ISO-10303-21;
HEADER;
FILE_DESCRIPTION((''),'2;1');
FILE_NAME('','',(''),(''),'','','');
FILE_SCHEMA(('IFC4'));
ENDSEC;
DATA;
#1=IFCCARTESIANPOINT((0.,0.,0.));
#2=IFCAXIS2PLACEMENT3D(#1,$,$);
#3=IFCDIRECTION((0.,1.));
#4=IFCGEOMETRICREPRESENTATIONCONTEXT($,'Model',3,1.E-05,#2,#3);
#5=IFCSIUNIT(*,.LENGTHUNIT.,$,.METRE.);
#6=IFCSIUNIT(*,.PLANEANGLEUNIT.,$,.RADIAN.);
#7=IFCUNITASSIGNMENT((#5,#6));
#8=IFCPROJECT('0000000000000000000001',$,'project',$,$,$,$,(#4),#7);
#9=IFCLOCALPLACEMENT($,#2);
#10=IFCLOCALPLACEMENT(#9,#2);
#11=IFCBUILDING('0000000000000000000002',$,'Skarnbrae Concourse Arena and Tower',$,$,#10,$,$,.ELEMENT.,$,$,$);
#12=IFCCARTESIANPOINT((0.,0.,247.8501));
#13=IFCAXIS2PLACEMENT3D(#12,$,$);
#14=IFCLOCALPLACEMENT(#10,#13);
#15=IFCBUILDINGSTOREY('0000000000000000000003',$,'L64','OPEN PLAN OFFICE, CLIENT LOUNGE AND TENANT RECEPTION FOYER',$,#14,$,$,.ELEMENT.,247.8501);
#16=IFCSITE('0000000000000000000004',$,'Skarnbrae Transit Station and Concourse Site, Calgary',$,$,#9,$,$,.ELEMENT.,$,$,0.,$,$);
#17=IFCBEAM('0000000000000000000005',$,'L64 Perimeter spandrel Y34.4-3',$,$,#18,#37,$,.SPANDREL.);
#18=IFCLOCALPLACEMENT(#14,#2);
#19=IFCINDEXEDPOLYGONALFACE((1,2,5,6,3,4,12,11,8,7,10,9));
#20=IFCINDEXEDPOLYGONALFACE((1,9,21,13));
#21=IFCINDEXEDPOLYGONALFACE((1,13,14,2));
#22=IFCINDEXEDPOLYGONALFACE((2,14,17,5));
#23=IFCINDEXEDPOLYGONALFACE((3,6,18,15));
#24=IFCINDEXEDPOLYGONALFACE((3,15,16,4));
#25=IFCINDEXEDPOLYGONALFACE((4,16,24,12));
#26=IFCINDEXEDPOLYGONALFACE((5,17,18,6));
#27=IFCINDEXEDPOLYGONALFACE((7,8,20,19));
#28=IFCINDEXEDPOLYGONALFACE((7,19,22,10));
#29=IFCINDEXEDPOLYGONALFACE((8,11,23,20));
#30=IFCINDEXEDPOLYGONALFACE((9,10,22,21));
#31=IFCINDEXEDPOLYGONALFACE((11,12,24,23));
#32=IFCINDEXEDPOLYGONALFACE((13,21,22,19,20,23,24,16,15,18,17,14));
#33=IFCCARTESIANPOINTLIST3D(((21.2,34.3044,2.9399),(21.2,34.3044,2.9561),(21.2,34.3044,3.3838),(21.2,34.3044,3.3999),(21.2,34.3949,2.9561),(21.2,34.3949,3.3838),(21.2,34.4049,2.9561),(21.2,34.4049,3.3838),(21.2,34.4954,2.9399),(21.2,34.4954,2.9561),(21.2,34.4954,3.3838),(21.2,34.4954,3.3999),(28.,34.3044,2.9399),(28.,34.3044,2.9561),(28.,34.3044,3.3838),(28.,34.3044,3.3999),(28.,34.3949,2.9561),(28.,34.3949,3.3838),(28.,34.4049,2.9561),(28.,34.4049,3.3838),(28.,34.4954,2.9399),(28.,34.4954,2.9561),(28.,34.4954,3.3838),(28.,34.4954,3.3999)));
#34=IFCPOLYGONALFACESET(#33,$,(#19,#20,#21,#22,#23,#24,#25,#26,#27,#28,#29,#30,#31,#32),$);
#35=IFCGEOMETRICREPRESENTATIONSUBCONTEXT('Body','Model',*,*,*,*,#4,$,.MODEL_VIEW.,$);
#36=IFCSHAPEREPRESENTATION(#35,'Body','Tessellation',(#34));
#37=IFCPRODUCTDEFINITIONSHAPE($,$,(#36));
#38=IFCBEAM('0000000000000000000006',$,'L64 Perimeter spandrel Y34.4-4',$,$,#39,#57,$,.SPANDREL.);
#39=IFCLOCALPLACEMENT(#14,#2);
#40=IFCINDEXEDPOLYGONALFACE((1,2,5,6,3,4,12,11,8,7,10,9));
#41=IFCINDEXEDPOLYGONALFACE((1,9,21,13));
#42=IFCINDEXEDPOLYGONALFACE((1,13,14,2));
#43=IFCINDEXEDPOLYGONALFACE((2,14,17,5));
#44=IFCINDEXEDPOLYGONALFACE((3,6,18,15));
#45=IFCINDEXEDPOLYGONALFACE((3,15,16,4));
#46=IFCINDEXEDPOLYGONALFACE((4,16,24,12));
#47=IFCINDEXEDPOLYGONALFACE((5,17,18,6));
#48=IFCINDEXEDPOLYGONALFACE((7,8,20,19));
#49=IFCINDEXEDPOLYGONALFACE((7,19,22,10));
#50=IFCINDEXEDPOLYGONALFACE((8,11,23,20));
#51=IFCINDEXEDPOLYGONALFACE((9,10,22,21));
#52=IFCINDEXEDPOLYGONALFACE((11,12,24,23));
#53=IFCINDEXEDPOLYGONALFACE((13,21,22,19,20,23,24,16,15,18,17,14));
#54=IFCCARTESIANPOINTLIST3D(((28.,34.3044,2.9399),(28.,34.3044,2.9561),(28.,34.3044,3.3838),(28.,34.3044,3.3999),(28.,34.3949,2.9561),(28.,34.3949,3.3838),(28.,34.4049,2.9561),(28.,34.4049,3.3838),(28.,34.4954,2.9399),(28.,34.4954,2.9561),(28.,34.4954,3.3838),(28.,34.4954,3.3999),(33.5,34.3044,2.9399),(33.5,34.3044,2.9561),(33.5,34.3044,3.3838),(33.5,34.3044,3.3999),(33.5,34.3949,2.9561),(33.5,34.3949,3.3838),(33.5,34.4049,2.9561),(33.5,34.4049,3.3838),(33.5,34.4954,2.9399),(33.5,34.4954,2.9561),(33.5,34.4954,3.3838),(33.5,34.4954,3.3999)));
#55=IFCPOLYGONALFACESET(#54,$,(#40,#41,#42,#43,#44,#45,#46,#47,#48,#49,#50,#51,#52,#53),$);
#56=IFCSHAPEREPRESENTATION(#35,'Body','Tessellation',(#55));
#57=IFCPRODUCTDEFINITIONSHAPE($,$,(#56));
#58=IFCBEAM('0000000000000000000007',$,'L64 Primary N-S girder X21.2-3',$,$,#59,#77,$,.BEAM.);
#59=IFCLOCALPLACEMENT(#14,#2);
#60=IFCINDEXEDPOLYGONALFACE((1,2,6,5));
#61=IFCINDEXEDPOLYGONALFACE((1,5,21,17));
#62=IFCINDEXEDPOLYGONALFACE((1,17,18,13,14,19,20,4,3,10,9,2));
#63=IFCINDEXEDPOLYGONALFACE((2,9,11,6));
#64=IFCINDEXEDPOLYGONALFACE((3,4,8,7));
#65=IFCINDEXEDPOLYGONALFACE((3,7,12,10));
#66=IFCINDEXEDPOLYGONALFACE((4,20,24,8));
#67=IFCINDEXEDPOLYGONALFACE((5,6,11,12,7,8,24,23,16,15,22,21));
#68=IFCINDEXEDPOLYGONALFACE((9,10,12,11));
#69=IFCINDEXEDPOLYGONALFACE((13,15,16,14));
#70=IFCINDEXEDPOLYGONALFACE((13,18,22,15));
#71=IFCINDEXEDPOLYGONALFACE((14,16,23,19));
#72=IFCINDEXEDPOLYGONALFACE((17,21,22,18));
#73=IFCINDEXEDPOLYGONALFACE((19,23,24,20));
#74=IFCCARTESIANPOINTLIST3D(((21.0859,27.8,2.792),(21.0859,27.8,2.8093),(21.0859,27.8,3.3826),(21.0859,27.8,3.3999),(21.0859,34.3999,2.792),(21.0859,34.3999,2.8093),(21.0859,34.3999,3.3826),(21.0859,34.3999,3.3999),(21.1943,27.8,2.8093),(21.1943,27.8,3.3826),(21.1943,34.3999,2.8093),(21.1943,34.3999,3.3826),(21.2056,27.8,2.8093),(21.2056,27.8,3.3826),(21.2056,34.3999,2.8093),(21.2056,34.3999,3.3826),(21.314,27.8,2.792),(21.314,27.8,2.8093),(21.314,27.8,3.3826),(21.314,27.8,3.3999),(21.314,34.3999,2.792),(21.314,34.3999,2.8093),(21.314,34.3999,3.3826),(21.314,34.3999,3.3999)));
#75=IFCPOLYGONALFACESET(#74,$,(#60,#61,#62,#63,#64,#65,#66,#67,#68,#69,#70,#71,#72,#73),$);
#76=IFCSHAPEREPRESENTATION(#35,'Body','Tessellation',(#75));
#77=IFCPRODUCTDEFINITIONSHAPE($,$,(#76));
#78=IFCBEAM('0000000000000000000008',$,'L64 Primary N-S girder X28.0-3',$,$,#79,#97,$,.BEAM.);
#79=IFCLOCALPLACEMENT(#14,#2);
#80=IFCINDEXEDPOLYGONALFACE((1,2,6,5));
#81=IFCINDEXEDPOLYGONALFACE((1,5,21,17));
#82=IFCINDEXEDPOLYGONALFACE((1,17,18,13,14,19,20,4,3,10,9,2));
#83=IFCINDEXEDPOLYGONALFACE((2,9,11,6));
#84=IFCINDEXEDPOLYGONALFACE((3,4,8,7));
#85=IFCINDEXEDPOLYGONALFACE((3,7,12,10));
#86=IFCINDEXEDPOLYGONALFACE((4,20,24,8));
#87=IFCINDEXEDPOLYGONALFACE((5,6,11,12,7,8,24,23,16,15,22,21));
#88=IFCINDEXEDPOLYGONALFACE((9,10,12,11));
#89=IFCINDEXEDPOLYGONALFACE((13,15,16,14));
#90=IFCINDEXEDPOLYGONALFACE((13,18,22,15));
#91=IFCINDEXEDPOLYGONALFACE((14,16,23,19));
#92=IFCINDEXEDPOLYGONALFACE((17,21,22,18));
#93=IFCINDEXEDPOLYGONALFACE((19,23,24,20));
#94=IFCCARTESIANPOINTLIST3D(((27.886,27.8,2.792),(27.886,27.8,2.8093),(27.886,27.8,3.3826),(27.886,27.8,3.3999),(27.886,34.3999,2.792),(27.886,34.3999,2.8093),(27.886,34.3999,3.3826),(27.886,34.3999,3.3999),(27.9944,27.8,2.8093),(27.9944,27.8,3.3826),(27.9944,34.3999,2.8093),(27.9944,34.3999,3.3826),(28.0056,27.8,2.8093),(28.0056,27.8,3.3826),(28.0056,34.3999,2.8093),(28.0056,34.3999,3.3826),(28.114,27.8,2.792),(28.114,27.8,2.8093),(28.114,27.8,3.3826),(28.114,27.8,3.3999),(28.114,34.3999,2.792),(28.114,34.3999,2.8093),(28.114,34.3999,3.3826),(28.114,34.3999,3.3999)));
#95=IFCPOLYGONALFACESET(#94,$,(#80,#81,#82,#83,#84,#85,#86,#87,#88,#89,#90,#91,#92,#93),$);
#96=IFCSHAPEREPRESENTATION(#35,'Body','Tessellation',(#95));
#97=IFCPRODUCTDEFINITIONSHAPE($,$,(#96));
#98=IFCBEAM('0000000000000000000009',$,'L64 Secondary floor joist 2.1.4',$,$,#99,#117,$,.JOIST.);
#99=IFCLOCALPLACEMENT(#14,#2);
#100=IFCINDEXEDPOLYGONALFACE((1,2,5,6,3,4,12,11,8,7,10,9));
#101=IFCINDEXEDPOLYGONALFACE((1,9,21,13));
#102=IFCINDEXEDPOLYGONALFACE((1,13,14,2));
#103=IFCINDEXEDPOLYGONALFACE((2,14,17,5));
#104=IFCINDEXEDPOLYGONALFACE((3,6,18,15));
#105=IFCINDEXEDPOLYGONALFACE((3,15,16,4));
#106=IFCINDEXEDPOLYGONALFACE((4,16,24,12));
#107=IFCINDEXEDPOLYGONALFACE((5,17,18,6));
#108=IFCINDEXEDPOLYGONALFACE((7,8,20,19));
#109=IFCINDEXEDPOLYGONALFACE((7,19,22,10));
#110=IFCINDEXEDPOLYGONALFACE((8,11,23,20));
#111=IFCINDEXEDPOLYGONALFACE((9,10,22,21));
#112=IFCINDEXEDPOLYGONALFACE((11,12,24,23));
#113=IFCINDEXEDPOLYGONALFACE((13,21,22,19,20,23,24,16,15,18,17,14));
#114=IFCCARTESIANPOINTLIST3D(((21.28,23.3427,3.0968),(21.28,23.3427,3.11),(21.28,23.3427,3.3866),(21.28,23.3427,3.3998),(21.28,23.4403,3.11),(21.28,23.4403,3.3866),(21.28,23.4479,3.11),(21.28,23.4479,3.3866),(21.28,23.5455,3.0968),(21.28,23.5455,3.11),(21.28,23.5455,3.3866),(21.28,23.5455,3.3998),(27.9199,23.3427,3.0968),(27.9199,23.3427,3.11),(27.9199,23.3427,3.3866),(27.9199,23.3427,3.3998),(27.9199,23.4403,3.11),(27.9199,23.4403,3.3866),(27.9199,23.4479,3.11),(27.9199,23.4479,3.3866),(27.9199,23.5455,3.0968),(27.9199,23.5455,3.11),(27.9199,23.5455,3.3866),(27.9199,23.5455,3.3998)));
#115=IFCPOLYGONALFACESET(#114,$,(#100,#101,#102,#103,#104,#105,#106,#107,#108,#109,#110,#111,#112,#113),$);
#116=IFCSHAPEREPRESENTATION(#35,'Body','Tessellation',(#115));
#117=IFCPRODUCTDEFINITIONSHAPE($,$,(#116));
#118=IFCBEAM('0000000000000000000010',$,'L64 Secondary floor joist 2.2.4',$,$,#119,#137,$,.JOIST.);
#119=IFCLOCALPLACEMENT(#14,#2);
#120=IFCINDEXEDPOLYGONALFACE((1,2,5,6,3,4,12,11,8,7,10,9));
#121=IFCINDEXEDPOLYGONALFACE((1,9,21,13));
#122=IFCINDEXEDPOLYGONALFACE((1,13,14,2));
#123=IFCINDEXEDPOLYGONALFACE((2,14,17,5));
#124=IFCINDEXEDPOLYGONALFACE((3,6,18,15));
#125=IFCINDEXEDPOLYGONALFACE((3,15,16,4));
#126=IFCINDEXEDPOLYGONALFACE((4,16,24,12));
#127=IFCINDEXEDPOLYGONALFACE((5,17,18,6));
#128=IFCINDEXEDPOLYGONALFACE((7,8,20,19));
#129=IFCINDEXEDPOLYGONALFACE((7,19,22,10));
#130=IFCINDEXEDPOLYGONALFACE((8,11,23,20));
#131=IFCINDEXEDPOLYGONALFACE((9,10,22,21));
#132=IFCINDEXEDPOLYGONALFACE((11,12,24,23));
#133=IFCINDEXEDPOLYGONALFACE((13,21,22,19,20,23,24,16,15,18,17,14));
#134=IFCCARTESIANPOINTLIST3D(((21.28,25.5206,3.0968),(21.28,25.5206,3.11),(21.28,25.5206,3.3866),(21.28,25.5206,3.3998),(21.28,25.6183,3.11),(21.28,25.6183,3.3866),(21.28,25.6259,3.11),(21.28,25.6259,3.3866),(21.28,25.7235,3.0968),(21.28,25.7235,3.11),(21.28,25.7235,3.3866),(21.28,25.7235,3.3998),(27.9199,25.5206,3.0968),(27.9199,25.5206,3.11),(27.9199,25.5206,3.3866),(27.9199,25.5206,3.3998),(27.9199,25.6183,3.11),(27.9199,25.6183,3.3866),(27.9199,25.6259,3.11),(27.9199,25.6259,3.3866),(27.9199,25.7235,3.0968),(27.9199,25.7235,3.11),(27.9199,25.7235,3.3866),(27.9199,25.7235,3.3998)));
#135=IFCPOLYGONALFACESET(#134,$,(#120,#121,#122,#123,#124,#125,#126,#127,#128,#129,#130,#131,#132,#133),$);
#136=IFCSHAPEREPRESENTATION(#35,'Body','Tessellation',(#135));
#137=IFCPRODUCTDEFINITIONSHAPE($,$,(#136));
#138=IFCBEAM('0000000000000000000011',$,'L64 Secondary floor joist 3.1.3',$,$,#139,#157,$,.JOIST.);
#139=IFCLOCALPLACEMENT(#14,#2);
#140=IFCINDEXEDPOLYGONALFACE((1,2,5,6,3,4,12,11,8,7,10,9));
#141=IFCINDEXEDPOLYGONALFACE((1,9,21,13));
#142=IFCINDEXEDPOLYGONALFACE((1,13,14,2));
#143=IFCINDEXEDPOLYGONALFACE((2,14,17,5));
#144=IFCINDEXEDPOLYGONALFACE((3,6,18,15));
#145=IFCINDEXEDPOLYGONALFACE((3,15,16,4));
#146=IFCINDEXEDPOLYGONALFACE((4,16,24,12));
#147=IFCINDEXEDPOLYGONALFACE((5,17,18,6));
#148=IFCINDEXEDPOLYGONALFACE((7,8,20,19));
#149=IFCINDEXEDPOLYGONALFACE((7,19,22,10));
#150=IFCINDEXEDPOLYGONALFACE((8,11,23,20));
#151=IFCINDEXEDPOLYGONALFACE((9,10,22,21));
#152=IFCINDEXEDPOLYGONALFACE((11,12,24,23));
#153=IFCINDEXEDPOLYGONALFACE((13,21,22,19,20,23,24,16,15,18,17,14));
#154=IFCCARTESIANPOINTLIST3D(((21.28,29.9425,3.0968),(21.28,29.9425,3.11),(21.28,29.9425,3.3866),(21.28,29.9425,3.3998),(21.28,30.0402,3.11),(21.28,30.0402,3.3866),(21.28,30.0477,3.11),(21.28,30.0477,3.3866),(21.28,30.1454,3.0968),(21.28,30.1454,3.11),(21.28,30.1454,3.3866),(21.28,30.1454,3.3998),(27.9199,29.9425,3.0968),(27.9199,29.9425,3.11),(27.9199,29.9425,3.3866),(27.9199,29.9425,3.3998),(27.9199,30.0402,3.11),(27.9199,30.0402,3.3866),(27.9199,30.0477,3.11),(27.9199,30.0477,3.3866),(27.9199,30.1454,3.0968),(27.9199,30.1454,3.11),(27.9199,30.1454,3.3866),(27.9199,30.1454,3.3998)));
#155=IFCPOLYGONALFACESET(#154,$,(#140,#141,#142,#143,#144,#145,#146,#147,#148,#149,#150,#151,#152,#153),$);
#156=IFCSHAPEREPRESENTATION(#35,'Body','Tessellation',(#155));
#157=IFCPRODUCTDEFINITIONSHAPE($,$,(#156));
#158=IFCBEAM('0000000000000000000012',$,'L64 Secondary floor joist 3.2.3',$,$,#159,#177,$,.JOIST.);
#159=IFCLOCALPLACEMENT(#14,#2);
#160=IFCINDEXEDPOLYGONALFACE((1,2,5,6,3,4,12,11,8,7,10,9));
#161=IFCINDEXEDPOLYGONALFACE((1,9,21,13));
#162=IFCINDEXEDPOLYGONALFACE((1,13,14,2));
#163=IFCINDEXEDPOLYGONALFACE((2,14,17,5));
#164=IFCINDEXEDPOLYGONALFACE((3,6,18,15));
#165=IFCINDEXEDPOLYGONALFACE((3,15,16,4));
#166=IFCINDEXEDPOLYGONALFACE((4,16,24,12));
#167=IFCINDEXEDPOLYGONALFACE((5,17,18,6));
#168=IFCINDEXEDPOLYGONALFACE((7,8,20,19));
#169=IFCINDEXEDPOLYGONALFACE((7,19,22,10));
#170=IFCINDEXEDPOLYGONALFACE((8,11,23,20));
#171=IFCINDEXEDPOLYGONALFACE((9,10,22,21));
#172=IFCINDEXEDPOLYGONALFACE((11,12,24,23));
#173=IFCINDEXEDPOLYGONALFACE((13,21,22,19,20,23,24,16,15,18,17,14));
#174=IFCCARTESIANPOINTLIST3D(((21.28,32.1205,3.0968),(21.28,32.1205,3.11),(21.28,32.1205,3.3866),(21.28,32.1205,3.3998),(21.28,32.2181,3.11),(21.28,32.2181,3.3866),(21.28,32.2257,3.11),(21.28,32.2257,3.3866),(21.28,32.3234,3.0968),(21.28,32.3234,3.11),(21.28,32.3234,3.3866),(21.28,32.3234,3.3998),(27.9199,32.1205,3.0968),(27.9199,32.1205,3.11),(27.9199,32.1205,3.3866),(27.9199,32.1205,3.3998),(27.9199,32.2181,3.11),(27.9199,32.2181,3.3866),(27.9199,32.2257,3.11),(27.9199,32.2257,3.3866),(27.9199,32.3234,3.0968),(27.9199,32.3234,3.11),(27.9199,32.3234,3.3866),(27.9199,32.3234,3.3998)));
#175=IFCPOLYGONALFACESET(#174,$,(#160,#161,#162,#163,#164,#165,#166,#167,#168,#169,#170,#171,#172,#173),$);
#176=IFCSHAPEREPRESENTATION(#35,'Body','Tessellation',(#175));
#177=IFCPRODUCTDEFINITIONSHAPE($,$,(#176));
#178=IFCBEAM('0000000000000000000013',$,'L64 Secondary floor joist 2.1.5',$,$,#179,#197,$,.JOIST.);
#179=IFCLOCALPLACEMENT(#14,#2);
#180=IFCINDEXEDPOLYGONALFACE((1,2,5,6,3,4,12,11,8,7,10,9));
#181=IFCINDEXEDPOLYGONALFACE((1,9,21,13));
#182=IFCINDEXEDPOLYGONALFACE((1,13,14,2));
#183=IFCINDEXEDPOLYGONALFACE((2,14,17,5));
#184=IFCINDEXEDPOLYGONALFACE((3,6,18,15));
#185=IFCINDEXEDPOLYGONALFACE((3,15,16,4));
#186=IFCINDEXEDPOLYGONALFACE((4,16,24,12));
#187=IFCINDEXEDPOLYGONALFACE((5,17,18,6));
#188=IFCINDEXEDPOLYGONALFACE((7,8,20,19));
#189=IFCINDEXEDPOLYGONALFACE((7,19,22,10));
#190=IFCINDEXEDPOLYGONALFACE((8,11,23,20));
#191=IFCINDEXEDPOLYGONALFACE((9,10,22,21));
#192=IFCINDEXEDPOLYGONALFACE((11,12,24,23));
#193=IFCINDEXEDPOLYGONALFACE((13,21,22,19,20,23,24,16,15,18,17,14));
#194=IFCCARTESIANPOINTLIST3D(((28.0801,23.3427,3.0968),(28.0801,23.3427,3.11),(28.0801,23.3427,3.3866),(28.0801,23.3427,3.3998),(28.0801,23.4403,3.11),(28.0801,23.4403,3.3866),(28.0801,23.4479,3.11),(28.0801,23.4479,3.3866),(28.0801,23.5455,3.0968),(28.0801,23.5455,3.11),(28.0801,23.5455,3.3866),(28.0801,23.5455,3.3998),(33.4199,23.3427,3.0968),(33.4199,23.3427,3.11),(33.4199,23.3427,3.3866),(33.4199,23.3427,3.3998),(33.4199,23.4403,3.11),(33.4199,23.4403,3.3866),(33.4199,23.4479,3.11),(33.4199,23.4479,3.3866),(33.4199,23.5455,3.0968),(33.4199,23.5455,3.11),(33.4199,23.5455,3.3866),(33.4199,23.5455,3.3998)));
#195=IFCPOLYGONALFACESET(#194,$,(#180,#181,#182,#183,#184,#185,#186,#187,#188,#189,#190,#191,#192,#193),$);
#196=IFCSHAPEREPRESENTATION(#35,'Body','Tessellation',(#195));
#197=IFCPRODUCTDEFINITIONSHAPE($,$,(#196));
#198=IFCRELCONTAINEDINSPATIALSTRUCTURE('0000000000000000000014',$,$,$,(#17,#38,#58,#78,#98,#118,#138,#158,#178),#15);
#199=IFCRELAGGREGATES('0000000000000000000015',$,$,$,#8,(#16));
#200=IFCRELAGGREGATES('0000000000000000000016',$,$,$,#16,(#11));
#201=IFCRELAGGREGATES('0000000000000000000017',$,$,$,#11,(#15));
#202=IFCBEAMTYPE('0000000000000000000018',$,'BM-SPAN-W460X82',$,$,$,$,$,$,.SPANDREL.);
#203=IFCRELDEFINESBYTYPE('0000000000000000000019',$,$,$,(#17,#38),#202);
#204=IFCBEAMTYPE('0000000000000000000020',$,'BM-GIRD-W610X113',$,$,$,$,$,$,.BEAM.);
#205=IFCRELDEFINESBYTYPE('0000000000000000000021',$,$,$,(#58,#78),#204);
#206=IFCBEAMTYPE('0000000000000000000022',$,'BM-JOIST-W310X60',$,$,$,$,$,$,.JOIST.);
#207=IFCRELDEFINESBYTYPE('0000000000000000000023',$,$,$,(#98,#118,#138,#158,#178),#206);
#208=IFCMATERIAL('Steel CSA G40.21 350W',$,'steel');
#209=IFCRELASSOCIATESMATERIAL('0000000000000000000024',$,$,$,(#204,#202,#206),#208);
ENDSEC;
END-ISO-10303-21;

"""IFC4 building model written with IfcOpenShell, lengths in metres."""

from ifc_helpers import new_model, si_unit, direction, frame, origin, origin_2d, place, context, subcontext, project, spatial, i_section, extrude, source, transform, mapped, material, material_profile, profile_set, type_object, element, save


model = new_model("IFC4")

# Units and contexts
model_context = context("Model", 3, precision=1e-05, world=origin(), true_north=direction((0.0, 1.0)))
body_context = subcontext(model_context, "Body", "Model", "MODEL_VIEW")
ifc_project = project(units=[si_unit("LENGTHUNIT", "METRE"), si_unit("PLANEANGLEUNIT", "RADIAN")], contexts=[model_context])

# Site, building, storey
site_placement = place(None, origin())
site = spatial("IfcSite", under=ifc_project, at=site_placement, Name="Skarnbrae Transit Station and Concourse Site, Calgary", CompositionType="ELEMENT", RefElevation=0.0)
building_placement = place(site_placement, origin())
building = spatial("IfcBuilding", under=site, at=building_placement, Name="Skarnbrae Concourse Arena and Tower", CompositionType="ELEMENT")
storey_placement = place(building_placement, frame((0.0, 0.0, 247.8501)))
storey = spatial("IfcBuildingStorey", under=building, at=storey_placement, Name="L64", Description="OPEN PLAN OFFICE, CLIENT LOUNGE AND TENANT RECEPTION FOYER", CompositionType="ELEMENT", Elevation=247.8501)

# Shared definitions
ifc_material_1 = material(Name="Steel CSA G40.21 350W", Category="steel")

# Beams
ifc_material_profile_1 = material_profile(ifc_material_1, i_section(OverallWidth=0.228, OverallDepth=0.6079, WebThickness=0.0112, FlangeThickness=0.0173, at=origin_2d()), Name="W610X113")
ifc_profile_set_1 = profile_set([ifc_material_profile_1], Name="Steel CSA G40.21 350W")
beam_type_1 = type_object("IfcBeamType", Name="BM-GIRD-W610X113", PredefinedType="BEAM", material=ifc_profile_set_1)
ifc_material_profile_2 = material_profile(ifc_material_1, i_section(OverallWidth=0.1909, OverallDepth=0.46, WebThickness=0.01, FlangeThickness=0.0161, at=origin_2d()), Name="W460X82")
ifc_profile_set_2 = profile_set([ifc_material_profile_2], Name="Steel CSA G40.21 350W")
beam_type_2 = type_object("IfcBeamType", Name="BM-SPAN-W460X82", PredefinedType="SPANDREL", material=ifc_profile_set_2)
shared_shape_1 = source(origin(), body_context, "Body", "SweptSolid", [
    extrude(i_section(OverallWidth=0.1909, OverallDepth=0.46, WebThickness=0.01, FlangeThickness=0.0161, at=origin_2d()), origin(), (0.0, 0.0, 1.0), 6.8),
])
beam_1_placement = place(storey_placement, frame((21.2, 34.3999, 3.1699), z_axis=(1.0, 0.0, 0.0), x_axis=(0.0, 1.0, 0.0)))
element("IfcBeam", 1, at=beam_1_placement, inside=storey, type_object=beam_type_2, Name="L64 Perimeter spandrel Y34.4-3", PredefinedType="SPANDREL", context=body_context, shape_type="MappedRepresentation", body=[
    mapped(shared_shape_1, transform((0.0, 0.0, 0.0))),
])
shared_shape_2 = source(origin(), body_context, "Body", "SweptSolid", [
    extrude(i_section(OverallWidth=0.1909, OverallDepth=0.46, WebThickness=0.01, FlangeThickness=0.0161, at=origin_2d()), origin(), (0.0, 0.0, 1.0), 5.5),
])
beam_2_placement = place(storey_placement, frame((28.0, 34.3999, 3.1699), z_axis=(1.0, 0.0, 0.0), x_axis=(0.0, 1.0, 0.0)))
element("IfcBeam", 2, at=beam_2_placement, inside=storey, type_object=beam_type_2, Name="L64 Perimeter spandrel Y34.4-4", PredefinedType="SPANDREL", context=body_context, shape_type="MappedRepresentation", body=[
    mapped(shared_shape_2, transform((0.0, 0.0, 0.0))),
])
shared_shape_3 = source(origin(), body_context, "Body", "SweptSolid", [
    extrude(i_section(OverallWidth=0.228, OverallDepth=0.6079, WebThickness=0.0112, FlangeThickness=0.0173, at=origin_2d()), origin(), (0.0, 0.0, 1.0), 6.5999),
])
for number, where, z_axis, x_axis, name in (
    (3, (21.2, 27.8, 3.0959), (0.0, 1.0, 0.0), (-1.0, 0.0, 0.0), "L64 Primary N-S girder X21.2-3"),
    (4, (28.0, 27.8, 3.0959), (0.0, 1.0, 0.0), (-1.0, 0.0, 0.0), "L64 Primary N-S girder X28.0-3"),
):
    element("IfcBeam", number, at=place(storey_placement, frame(where, z_axis=z_axis, x_axis=x_axis)), inside=storey, type_object=beam_type_1, Name=name, PredefinedType="BEAM", context=body_context, shape_type="MappedRepresentation", body=[
        mapped(shared_shape_3, transform((0.0, 0.0, 0.0))),
    ])
ifc_material_profile_3 = material_profile(ifc_material_1, i_section(OverallWidth=0.2029, OverallDepth=0.303, WebThickness=0.0076, FlangeThickness=0.0132, at=origin_2d()), Name="W310X60")
ifc_profile_set_3 = profile_set([ifc_material_profile_3], Name="Steel CSA G40.21 350W")
beam_type_3 = type_object("IfcBeamType", Name="BM-JOIST-W310X60", PredefinedType="JOIST", material=ifc_profile_set_3)
shared_shape_4 = source(origin(), body_context, "Body", "SweptSolid", [
    extrude(i_section(OverallWidth=0.2029, OverallDepth=0.303, WebThickness=0.0076, FlangeThickness=0.0132, at=origin_2d()), origin(), (0.0, 0.0, 1.0), 6.6399),
])
for number, where, z_axis, x_axis, name in (
    (5, (21.28, 23.4441, 3.2483), (1.0, 0.0, 0.0), (0.0, 1.0, 0.0), "L64 Secondary floor joist 2.1.4"),
    (6, (21.28, 25.6221, 3.2483), (1.0, 0.0, 0.0), (0.0, 1.0, 0.0), "L64 Secondary floor joist 2.2.4"),
    (7, (21.28, 30.0439, 3.2483), (1.0, 0.0, 0.0), (0.0, 1.0, 0.0), "L64 Secondary floor joist 3.1.3"),
    (8, (21.28, 32.2219, 3.2483), (1.0, 0.0, 0.0), (0.0, 1.0, 0.0), "L64 Secondary floor joist 3.2.3"),
):
    element("IfcBeam", number, at=place(storey_placement, frame(where, z_axis=z_axis, x_axis=x_axis)), inside=storey, type_object=beam_type_3, Name=name, PredefinedType="JOIST", context=body_context, shape_type="MappedRepresentation", body=[
        mapped(shared_shape_4, transform((0.0, 0.0, 0.0))),
    ])
shared_shape_5 = source(origin(), body_context, "Body", "SweptSolid", [
    extrude(i_section(OverallWidth=0.2029, OverallDepth=0.303, WebThickness=0.0076, FlangeThickness=0.0132, at=origin_2d()), origin(), (0.0, 0.0, 1.0), 5.3398),
])
for number, where, z_axis, x_axis, name in (
    (9, (28.0801, 23.4441, 3.2483), (1.0, 0.0, 0.0), (0.0, 1.0, 0.0), "L64 Secondary floor joist 2.1.5"),
):
    element("IfcBeam", number, at=place(storey_placement, frame(where, z_axis=z_axis, x_axis=x_axis)), inside=storey, type_object=beam_type_3, Name=name, PredefinedType="JOIST", context=body_context, shape_type="MappedRepresentation", body=[
        mapped(shared_shape_5, transform((0.0, 0.0, 0.0))),
    ])

save(model, "model.ifc")
